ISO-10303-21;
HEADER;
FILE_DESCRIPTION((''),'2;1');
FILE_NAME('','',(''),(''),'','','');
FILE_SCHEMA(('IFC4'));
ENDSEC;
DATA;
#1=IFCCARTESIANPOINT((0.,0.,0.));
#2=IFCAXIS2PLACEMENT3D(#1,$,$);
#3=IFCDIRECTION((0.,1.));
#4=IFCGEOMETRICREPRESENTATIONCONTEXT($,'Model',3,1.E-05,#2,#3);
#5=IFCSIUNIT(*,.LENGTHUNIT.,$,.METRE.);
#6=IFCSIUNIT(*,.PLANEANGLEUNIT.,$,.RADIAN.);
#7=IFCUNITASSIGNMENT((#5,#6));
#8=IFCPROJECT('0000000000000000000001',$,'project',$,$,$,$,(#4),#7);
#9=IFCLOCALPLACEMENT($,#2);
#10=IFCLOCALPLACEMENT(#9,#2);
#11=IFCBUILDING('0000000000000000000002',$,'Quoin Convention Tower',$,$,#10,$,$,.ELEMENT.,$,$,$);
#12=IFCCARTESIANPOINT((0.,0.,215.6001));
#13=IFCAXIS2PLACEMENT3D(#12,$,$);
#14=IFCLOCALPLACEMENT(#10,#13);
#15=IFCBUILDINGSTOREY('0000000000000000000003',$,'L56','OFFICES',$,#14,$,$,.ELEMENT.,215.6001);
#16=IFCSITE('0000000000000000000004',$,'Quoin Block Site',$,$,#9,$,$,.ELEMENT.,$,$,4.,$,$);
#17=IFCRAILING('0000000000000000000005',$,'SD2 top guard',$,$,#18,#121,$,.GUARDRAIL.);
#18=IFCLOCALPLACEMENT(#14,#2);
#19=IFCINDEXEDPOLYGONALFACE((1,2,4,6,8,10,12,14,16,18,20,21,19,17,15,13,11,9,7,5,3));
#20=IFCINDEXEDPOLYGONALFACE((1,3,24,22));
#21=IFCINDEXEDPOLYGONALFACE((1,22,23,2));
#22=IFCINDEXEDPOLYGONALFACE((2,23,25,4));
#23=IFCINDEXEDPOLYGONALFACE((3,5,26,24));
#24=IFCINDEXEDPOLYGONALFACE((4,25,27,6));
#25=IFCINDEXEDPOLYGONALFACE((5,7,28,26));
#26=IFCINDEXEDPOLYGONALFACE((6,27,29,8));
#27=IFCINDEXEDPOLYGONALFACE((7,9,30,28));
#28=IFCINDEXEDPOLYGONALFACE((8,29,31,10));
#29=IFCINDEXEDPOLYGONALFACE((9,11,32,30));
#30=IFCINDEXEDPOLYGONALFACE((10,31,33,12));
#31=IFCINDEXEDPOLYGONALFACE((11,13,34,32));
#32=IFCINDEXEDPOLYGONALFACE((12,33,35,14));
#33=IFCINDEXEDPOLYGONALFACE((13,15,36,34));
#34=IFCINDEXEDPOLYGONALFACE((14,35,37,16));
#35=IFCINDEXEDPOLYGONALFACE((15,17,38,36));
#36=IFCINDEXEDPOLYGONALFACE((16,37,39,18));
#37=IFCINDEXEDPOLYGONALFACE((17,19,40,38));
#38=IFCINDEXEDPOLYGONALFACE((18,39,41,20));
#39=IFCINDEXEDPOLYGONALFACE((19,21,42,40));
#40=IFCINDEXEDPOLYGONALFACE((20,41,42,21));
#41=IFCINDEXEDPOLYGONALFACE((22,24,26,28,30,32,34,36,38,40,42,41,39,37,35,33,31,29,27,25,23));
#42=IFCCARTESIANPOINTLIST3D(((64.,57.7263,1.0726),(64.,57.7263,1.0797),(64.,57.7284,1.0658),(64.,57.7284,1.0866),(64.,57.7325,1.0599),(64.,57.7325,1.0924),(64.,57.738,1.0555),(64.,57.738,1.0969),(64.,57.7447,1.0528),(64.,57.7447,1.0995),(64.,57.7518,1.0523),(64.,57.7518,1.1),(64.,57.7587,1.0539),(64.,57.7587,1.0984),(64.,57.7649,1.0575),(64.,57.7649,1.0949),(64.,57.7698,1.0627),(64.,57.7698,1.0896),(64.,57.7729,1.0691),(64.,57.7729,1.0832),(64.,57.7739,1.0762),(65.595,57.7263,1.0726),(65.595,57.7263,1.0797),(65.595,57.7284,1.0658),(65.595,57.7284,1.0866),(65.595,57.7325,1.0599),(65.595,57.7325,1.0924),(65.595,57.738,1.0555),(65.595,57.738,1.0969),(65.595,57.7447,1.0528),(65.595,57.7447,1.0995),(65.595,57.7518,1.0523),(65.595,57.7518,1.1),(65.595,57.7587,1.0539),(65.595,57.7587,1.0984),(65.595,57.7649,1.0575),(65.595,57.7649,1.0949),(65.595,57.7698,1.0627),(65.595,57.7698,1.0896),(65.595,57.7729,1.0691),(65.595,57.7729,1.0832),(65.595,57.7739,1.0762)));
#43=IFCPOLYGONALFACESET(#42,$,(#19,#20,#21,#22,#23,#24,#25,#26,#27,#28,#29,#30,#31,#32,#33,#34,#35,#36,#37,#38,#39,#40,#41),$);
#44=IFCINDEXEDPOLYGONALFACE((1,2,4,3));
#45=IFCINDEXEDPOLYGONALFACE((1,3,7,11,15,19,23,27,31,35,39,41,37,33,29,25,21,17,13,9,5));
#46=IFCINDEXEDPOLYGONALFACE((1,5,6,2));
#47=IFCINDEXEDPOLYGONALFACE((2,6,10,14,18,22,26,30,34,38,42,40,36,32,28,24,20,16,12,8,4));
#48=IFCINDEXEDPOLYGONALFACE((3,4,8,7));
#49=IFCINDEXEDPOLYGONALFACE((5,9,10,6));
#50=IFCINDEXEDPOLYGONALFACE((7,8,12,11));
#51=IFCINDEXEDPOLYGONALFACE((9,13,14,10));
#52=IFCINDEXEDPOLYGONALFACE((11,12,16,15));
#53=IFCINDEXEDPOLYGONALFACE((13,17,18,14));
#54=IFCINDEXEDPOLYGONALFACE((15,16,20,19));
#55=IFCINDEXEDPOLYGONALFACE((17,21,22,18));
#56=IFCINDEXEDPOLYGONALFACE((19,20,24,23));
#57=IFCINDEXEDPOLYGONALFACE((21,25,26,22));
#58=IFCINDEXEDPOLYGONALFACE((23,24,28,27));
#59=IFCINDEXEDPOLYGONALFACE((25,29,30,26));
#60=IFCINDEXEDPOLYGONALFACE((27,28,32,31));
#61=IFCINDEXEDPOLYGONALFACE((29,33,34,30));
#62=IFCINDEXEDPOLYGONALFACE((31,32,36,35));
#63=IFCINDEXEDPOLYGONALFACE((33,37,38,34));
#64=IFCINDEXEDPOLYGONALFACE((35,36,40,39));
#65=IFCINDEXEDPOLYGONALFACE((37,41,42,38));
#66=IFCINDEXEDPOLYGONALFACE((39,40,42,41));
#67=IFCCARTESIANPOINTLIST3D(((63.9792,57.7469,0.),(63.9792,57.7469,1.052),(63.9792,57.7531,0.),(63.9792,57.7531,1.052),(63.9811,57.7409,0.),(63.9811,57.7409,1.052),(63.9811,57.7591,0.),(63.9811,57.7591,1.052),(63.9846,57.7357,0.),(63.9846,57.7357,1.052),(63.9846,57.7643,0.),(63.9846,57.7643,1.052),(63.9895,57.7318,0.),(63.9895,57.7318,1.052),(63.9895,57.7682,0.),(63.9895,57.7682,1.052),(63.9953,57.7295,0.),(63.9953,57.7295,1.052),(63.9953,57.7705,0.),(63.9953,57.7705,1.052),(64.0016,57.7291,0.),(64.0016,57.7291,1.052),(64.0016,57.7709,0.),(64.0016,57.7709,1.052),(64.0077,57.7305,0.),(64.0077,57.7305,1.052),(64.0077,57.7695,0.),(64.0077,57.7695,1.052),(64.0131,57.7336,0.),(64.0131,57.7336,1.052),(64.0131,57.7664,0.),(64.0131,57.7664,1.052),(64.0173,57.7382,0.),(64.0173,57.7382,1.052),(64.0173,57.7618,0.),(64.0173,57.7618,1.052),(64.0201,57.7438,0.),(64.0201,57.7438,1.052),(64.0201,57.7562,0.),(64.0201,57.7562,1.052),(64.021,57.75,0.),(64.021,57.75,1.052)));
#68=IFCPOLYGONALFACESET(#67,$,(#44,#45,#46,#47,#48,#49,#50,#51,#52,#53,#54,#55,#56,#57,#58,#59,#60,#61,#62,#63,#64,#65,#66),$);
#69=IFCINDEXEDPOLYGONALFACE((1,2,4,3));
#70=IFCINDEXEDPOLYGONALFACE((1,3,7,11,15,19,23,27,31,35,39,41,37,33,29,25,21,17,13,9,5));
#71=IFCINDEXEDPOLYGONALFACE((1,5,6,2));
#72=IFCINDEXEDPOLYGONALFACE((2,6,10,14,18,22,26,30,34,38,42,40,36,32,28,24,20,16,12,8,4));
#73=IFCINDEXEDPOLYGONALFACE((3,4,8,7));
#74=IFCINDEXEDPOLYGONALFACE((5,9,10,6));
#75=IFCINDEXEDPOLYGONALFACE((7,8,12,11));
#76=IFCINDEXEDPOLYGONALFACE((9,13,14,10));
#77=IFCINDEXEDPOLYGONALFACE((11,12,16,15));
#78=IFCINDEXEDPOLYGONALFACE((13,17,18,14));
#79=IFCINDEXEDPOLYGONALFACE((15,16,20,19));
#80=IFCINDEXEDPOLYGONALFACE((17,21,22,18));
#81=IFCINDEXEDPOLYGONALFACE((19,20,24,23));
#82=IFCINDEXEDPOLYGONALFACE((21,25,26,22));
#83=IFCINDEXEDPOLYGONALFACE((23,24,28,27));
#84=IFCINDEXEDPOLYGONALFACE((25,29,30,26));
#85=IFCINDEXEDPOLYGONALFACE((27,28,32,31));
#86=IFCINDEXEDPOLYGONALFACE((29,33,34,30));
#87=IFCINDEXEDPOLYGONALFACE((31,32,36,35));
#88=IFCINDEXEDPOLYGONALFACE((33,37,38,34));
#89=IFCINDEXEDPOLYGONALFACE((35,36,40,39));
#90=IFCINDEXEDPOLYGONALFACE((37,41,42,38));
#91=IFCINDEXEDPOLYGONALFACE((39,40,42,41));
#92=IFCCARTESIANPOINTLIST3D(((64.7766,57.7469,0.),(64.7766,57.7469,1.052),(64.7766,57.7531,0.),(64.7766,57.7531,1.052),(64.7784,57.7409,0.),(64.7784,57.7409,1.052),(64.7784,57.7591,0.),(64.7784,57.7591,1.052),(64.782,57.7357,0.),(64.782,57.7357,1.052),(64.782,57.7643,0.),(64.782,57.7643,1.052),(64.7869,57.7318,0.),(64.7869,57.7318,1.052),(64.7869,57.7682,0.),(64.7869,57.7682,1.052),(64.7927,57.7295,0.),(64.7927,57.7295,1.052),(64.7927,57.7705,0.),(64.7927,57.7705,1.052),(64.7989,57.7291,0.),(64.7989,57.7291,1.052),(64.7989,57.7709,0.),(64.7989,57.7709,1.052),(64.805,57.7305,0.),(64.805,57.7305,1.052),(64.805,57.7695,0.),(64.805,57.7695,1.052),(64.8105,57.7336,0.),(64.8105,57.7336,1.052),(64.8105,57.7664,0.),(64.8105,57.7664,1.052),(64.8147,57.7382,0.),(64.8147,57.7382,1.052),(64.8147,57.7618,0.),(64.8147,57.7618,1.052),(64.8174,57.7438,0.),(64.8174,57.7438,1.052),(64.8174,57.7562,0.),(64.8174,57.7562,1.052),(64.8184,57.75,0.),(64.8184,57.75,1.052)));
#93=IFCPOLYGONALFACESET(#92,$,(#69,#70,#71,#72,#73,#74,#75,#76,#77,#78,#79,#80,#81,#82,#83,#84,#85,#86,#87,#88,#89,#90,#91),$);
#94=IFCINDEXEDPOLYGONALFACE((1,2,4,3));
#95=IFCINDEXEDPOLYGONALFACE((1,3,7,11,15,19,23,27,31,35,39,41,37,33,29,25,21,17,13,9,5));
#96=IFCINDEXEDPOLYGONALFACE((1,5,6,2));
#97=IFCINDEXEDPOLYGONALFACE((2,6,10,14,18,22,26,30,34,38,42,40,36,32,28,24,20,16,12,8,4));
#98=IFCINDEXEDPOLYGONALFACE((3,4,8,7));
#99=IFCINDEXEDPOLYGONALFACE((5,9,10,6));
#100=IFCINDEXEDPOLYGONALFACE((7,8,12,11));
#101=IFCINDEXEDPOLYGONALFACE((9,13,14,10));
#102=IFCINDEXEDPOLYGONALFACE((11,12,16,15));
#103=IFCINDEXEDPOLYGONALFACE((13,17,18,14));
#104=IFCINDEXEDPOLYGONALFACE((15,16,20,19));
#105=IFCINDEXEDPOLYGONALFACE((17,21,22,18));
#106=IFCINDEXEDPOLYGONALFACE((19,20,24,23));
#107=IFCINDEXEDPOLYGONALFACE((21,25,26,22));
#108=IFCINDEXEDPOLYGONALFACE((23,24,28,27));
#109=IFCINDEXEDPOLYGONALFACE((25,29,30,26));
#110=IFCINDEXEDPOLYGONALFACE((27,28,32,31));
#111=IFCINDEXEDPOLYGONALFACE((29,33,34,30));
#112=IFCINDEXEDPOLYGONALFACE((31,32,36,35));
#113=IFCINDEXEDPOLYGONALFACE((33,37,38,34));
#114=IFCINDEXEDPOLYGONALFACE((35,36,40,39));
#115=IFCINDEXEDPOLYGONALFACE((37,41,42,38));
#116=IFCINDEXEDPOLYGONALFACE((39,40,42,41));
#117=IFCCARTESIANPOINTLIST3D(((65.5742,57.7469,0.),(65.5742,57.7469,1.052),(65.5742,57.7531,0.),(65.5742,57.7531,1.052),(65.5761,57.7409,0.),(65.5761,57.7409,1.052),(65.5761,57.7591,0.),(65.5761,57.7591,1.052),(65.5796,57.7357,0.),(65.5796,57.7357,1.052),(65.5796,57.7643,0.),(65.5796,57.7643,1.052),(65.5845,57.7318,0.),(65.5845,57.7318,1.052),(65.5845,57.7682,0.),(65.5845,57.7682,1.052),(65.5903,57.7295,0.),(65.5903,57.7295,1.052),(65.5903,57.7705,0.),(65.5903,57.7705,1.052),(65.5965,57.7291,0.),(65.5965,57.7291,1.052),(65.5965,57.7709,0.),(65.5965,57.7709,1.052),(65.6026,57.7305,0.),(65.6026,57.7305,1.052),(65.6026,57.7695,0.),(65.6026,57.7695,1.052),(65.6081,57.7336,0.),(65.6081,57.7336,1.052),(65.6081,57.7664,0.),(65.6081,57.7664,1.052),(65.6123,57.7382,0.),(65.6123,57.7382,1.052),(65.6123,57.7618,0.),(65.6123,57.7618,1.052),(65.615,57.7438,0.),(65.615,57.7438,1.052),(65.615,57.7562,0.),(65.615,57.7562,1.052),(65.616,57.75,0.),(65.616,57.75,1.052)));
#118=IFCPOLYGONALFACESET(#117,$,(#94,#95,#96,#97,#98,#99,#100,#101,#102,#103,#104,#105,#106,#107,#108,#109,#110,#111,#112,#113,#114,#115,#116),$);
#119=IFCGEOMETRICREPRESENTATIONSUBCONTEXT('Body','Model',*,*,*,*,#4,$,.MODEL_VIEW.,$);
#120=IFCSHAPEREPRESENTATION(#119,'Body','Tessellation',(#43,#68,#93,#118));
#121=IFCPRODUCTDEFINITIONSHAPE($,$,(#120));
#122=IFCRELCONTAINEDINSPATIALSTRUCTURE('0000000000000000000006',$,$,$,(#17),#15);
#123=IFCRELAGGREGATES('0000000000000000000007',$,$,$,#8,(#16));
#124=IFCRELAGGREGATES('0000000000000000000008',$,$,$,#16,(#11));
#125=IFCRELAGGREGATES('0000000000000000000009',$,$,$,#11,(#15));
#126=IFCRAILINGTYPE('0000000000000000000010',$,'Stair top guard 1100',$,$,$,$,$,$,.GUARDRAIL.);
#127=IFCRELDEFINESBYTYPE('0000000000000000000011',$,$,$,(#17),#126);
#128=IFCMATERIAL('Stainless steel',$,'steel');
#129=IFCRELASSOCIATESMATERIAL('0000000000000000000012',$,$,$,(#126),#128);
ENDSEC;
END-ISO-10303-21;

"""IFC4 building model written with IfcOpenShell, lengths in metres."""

from ifc_helpers import new_model, si_unit, direction, frame, origin, origin_2d, place, context, subcontext, project, spatial, circle, extrude, material, type_object, element, save


model = new_model("IFC4")

# Units and contexts
model_context = context("Model", 3, precision=1e-05, world=origin(), true_north=direction((0.0, 1.0)))
body_context = subcontext(model_context, "Body", "Model", "MODEL_VIEW")
ifc_project = project(units=[si_unit("LENGTHUNIT", "METRE"), si_unit("PLANEANGLEUNIT", "RADIAN")], contexts=[model_context])

# Site, building, storey
site_placement = place(None, origin())
site = spatial("IfcSite", under=ifc_project, at=site_placement, Name="Quoin Block Site", CompositionType="ELEMENT", RefElevation=4.0)
building_placement = place(site_placement, origin())
building = spatial("IfcBuilding", under=site, at=building_placement, Name="Quoin Convention Tower", CompositionType="ELEMENT")
storey_placement = place(building_placement, frame((0.0, 0.0, 215.6001)))
storey = spatial("IfcBuildingStorey", under=building, at=storey_placement, Name="L56", Description="OFFICES", CompositionType="ELEMENT", Elevation=215.6001)

# Railing
ifc_material_1 = material(Name="Stainless steel", Category="steel")
railing_type = type_object("IfcRailingType", Name="Stair top guard 1100", PredefinedType="GUARDRAIL", material=ifc_material_1)
railing_placement = place(storey_placement, frame((64.0, 57.75, 0.0)))
element("IfcRailing", 1, at=railing_placement, inside=storey, type_object=railing_type, Name="SD2 top guard", PredefinedType="GUARDRAIL", context=body_context, shape_type="SweptSolid", body=[
    extrude(circle(Radius=0.0239, at=origin_2d()), frame((0.0, 0.0, 1.0762), z_axis=(1.0, 0.0, 0.0), x_axis=(0.0, 1.0, 0.0)), (0.0, 0.0, 1.0), 1.595),
    extrude(circle(Radius=0.021, at=origin_2d()), origin(), (0.0, 0.0, 1.0), 1.052),
    extrude(circle(Radius=0.021, at=origin_2d()), frame((0.7974, 0.0, 0.0)), (0.0, 0.0, 1.0), 1.052),
    extrude(circle(Radius=0.021, at=origin_2d()), frame((1.595, 0.0, 0.0)), (0.0, 0.0, 1.0), 1.052),
])

save(model, "model.ifc")
